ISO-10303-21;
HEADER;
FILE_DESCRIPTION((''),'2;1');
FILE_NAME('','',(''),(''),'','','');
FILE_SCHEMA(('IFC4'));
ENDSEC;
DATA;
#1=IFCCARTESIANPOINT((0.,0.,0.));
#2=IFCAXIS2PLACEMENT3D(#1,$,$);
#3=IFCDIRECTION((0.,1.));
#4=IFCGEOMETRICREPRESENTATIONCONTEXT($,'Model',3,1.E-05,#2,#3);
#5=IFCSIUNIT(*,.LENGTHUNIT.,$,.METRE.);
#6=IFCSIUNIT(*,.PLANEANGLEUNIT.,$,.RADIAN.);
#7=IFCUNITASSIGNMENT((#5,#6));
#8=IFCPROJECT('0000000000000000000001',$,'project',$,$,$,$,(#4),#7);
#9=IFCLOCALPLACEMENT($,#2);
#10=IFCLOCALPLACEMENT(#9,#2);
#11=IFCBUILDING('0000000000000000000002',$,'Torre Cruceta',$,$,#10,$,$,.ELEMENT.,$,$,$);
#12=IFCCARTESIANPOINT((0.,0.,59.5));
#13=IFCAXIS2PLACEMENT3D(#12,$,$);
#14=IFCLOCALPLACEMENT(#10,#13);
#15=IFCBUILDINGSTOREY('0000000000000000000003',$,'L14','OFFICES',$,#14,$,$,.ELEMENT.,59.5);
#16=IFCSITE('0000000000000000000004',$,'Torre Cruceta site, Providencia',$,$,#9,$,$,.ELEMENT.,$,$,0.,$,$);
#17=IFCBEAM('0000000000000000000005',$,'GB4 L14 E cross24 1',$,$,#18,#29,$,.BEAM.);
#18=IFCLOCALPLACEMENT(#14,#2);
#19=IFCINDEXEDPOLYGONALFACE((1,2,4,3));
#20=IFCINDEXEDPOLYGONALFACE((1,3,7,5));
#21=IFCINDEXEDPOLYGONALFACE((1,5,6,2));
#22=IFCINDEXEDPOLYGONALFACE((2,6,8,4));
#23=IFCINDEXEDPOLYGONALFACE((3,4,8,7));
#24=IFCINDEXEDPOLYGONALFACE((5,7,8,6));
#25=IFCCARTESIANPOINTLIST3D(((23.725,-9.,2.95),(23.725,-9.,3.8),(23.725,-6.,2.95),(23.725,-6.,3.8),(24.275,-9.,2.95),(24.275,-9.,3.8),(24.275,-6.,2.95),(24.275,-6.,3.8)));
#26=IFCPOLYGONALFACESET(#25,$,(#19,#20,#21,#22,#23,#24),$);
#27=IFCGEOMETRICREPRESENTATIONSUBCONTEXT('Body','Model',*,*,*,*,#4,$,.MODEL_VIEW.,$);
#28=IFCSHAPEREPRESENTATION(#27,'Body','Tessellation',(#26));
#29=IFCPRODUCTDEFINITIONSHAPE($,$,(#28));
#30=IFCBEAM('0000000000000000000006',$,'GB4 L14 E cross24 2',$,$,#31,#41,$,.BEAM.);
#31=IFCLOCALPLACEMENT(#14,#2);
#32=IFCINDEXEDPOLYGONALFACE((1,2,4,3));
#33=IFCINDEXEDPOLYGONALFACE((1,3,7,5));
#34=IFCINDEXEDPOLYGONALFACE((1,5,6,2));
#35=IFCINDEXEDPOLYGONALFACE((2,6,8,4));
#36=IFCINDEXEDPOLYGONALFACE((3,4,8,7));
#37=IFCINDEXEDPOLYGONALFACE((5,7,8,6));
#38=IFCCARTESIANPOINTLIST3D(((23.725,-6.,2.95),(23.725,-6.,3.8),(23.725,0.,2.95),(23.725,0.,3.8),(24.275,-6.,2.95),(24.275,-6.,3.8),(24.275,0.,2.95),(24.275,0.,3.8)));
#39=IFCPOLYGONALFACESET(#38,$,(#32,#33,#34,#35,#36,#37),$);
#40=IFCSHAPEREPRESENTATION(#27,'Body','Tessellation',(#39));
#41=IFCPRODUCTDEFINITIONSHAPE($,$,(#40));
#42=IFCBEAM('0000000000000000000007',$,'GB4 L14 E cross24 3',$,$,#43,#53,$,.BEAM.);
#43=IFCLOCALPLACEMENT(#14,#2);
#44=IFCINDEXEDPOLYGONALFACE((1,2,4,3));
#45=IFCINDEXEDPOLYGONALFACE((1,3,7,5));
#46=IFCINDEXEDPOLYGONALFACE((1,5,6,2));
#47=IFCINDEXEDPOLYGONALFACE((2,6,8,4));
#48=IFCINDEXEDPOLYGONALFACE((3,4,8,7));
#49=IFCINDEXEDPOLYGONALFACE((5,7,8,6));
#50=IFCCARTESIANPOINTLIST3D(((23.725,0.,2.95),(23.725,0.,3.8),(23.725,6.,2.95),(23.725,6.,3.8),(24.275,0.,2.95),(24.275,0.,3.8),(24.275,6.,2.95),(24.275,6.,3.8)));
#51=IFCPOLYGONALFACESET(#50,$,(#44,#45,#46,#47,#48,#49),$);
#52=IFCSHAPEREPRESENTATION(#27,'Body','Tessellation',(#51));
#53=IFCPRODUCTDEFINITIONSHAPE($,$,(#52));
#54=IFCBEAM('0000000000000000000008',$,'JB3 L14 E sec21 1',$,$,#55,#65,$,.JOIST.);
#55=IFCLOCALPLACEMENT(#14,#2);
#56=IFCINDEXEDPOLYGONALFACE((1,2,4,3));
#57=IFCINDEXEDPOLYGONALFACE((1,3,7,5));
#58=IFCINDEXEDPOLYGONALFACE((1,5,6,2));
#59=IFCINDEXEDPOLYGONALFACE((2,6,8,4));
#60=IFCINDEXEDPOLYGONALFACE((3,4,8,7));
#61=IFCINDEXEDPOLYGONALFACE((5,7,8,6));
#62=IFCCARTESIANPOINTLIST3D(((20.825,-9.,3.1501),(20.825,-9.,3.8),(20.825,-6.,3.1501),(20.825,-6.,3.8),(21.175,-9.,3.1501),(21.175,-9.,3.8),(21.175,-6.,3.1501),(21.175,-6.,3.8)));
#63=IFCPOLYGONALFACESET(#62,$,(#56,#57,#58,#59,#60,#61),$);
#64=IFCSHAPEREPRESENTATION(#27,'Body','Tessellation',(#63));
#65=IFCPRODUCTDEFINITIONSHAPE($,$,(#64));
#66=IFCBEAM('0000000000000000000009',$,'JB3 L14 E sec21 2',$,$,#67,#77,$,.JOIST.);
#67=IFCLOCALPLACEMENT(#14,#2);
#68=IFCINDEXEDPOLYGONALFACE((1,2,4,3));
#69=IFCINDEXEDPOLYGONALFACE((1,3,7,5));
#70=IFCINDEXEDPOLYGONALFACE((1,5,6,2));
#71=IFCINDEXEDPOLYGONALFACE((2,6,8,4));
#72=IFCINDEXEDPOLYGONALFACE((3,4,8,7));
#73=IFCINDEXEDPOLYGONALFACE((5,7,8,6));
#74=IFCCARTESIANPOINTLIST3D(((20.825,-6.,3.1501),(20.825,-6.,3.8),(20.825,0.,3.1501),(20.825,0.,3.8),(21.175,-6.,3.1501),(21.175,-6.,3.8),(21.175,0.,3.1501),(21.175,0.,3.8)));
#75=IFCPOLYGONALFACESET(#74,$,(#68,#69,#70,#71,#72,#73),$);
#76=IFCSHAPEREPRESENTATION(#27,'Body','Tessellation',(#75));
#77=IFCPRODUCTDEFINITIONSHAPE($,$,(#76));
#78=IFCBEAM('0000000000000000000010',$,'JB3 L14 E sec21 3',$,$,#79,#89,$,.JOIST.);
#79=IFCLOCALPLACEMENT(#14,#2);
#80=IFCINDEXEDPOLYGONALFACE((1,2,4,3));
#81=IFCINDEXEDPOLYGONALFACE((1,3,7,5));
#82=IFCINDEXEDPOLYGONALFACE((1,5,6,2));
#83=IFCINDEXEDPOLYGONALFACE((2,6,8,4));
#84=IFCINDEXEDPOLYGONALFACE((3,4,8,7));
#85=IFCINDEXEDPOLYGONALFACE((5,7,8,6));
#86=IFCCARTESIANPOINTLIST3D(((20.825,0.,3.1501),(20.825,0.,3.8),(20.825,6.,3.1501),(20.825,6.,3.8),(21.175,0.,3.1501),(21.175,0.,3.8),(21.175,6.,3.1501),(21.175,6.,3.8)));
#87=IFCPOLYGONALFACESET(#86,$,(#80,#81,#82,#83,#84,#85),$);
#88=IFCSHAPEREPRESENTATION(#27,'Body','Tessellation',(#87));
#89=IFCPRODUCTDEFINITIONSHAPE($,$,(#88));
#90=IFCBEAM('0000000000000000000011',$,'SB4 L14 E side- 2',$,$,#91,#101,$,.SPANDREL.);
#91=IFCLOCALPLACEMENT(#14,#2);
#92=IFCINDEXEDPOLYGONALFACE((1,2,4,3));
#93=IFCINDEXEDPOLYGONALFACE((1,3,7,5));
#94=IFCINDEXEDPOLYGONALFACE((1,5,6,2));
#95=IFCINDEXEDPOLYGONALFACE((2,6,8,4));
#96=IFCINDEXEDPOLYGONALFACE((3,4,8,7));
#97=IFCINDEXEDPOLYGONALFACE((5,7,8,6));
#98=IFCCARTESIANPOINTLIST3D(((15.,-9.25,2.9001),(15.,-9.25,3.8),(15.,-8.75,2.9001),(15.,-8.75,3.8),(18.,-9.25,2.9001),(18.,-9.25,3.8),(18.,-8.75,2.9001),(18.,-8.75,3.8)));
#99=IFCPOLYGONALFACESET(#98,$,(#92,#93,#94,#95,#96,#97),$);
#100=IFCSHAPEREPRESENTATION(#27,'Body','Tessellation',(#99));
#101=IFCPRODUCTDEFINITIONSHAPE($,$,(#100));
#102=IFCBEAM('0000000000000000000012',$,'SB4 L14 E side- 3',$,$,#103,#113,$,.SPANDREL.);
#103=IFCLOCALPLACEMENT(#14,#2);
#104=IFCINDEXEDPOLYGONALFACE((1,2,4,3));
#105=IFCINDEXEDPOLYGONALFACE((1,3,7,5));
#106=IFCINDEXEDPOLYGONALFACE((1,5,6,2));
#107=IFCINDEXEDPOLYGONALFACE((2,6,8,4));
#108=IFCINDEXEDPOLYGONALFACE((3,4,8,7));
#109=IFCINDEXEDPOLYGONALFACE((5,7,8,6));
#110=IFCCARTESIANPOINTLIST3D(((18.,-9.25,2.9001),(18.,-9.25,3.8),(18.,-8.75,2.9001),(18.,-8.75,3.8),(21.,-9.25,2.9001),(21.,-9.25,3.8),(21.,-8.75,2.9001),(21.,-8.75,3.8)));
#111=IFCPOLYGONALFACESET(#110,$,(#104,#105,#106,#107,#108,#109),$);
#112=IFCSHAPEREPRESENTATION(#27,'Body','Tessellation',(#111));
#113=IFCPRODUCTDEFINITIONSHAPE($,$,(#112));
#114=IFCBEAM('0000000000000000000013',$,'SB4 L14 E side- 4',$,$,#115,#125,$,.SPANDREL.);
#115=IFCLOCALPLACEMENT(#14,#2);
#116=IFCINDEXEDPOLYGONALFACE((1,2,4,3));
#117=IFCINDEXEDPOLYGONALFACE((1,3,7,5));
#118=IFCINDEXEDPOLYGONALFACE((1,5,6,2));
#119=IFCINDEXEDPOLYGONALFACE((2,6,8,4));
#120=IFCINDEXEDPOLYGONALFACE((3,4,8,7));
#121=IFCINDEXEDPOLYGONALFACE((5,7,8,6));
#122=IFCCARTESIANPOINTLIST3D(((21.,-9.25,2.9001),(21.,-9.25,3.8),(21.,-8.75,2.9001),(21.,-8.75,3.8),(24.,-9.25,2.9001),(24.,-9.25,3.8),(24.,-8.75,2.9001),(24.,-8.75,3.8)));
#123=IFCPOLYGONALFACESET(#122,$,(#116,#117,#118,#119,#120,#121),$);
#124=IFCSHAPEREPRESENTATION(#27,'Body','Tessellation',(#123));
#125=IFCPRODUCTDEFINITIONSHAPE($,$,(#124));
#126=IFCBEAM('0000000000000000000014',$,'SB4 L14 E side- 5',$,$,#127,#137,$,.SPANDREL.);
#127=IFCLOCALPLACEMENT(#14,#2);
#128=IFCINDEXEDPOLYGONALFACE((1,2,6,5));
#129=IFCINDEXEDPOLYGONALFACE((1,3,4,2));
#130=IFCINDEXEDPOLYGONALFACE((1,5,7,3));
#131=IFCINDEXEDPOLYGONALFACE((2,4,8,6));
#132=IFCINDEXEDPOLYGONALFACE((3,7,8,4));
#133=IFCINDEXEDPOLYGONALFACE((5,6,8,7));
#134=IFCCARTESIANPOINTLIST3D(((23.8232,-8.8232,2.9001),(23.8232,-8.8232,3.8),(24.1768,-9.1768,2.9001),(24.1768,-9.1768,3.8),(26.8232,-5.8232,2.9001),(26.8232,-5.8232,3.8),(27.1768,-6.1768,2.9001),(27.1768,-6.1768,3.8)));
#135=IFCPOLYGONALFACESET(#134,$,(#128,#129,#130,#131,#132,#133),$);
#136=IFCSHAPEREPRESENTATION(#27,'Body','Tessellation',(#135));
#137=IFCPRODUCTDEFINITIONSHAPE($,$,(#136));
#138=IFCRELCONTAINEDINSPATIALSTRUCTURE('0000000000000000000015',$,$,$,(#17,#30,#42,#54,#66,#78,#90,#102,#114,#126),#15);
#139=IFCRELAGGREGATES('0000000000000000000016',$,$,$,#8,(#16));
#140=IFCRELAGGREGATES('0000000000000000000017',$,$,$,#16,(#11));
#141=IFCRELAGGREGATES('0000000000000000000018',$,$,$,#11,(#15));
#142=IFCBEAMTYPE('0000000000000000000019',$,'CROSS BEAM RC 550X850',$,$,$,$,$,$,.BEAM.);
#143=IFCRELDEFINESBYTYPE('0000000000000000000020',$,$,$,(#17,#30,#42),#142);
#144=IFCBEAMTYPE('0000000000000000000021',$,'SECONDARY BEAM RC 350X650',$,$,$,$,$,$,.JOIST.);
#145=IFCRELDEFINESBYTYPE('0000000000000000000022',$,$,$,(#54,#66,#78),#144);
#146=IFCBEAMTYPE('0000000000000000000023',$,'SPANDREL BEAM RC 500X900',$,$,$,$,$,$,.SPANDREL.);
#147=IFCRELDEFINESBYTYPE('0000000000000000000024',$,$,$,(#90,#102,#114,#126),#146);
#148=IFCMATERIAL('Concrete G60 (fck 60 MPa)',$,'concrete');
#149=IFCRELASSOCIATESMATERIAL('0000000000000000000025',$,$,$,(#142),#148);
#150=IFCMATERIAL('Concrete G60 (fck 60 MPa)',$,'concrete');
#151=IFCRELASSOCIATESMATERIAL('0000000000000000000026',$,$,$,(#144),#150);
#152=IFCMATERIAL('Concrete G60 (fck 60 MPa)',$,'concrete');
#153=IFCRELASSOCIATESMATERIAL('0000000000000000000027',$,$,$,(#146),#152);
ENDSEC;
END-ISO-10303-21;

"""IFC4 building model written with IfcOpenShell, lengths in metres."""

from ifc_helpers import new_model, si_unit, direction, frame, origin, origin_2d, place, context, subcontext, project, spatial, rectangle, extrude, material, material_profile, profile_set, type_object, element, save


model = new_model("IFC4")

# Units and contexts
model_context = context("Model", 3, precision=1e-05, world=origin(), true_north=direction((0.0, 1.0)))
body_context = subcontext(model_context, "Body", "Model", "MODEL_VIEW")
ifc_project = project(units=[si_unit("LENGTHUNIT", "METRE"), si_unit("PLANEANGLEUNIT", "RADIAN")], contexts=[model_context])

# Site, building, storey
site_placement = place(None, origin())
site = spatial("IfcSite", under=ifc_project, at=site_placement, Name="Torre Cruceta site, Providencia", CompositionType="ELEMENT", RefElevation=0.0)
building_placement = place(site_placement, origin())
building = spatial("IfcBuilding", under=site, at=building_placement, Name="Torre Cruceta", CompositionType="ELEMENT")
storey_placement = place(building_placement, frame((0.0, 0.0, 59.5)))
storey = spatial("IfcBuildingStorey", under=building, at=storey_placement, Name="L14", Description="OFFICES", CompositionType="ELEMENT", Elevation=59.5)

# Beams
ifc_material_1 = material(Name="Concrete G60 (fck 60 MPa)", Category="concrete")
ifc_material_profile_1 = material_profile(ifc_material_1, rectangle(XDim=0.55, YDim=0.8501, at=origin_2d()), Name="RC 550X850")
ifc_profile_set_1 = profile_set([ifc_material_profile_1], Name="Concrete G60 (fck 60 MPa)")
beam_type_1 = type_object("IfcBeamType", Name="CROSS BEAM RC 550X850", PredefinedType="BEAM", material=ifc_profile_set_1)
beam_1_placement = place(storey_placement, frame((24.0, -9.0, 3.375), z_axis=(0.0, 1.0, 0.0), x_axis=(-1.0, 0.0, 0.0)))
element("IfcBeam", 1, at=beam_1_placement, inside=storey, type_object=beam_type_1, Name="GB4 L14 E cross24 1", PredefinedType="BEAM", context=body_context, shape_type="SweptSolid", body=[
    extrude(rectangle(XDim=0.55, YDim=0.8501, at=origin_2d()), origin(), (0.0, 0.0, 1.0), 3.0),
])
for number, where, z_axis, x_axis, name in (
    (2, (24.0, -6.0, 3.375), (0.0, 1.0, 0.0), (-1.0, 0.0, 0.0), "GB4 L14 E cross24 2"),
    (3, (24.0, 0.0, 3.375), (0.0, 1.0, 0.0), (-1.0, 0.0, 0.0), "GB4 L14 E cross24 3"),
):
    element("IfcBeam", number, at=place(storey_placement, frame(where, z_axis=z_axis, x_axis=x_axis)), inside=storey, type_object=beam_type_1, Name=name, PredefinedType="BEAM", context=body_context, shape_type="SweptSolid", body=[
        extrude(rectangle(XDim=0.55, YDim=0.8501, at=origin_2d()), origin(), (0.0, 0.0, 1.0), 6.0),
    ])
ifc_material_2 = material(Name="Concrete G60 (fck 60 MPa)", Category="concrete")
ifc_material_profile_2 = material_profile(ifc_material_2, rectangle(XDim=0.3501, YDim=0.6499, at=origin_2d()), Name="RC 350X650")
ifc_profile_set_2 = profile_set([ifc_material_profile_2], Name="Concrete G60 (fck 60 MPa)")
beam_type_2 = type_object("IfcBeamType", Name="SECONDARY BEAM RC 350X650", PredefinedType="JOIST", material=ifc_profile_set_2)
beam_2_placement = place(storey_placement, frame((21.0, -9.0, 3.4751), z_axis=(0.0, 1.0, 0.0), x_axis=(-1.0, 0.0, 0.0)))
element("IfcBeam", 4, at=beam_2_placement, inside=storey, type_object=beam_type_2, Name="JB3 L14 E sec21 1", PredefinedType="JOIST", context=body_context, shape_type="SweptSolid", body=[
    extrude(rectangle(XDim=0.3501, YDim=0.6499, at=origin_2d()), origin(), (0.0, 0.0, 1.0), 3.0),
])
for number, where, z_axis, x_axis, name in (
    (5, (21.0, -6.0, 3.4751), (0.0, 1.0, 0.0), (-1.0, 0.0, 0.0), "JB3 L14 E sec21 2"),
    (6, (21.0, 0.0, 3.4751), (0.0, 1.0, 0.0), (-1.0, 0.0, 0.0), "JB3 L14 E sec21 3"),
):
    element("IfcBeam", number, at=place(storey_placement, frame(where, z_axis=z_axis, x_axis=x_axis)), inside=storey, type_object=beam_type_2, Name=name, PredefinedType="JOIST", context=body_context, shape_type="SweptSolid", body=[
        extrude(rectangle(XDim=0.3501, YDim=0.6499, at=origin_2d()), origin(), (0.0, 0.0, 1.0), 6.0),
    ])
ifc_material_3 = material(Name="Concrete G60 (fck 60 MPa)", Category="concrete")
ifc_material_profile_3 = material_profile(ifc_material_3, rectangle(XDim=0.5, YDim=0.8999, at=origin_2d()), Name="RC 500X900")
ifc_profile_set_3 = profile_set([ifc_material_profile_3], Name="Concrete G60 (fck 60 MPa)")
beam_type_3 = type_object("IfcBeamType", Name="SPANDREL BEAM RC 500X900", PredefinedType="SPANDREL", material=ifc_profile_set_3)
for number, where, z_axis, x_axis, name in (
    (7, (15.0, -9.0, 3.3501), (1.0, 0.0, 0.0), (0.0, 1.0, 0.0), "SB4 L14 E side- 2"),
    (8, (18.0, -9.0, 3.3501), (1.0, 0.0, 0.0), (0.0, 1.0, 0.0), "SB4 L14 E side- 3"),
    (9, (21.0, -9.0, 3.3501), (1.0, 0.0, 0.0), (0.0, 1.0, 0.0), "SB4 L14 E side- 4"),
):
    element("IfcBeam", number, at=place(storey_placement, frame(where, z_axis=z_axis, x_axis=x_axis)), inside=storey, type_object=beam_type_3, Name=name, PredefinedType="SPANDREL", context=body_context, shape_type="SweptSolid", body=[
        extrude(rectangle(XDim=0.5, YDim=0.8999, at=origin_2d()), origin(), (0.0, 0.0, 1.0), 3.0),
    ])
beam_3_placement = place(storey_placement, frame((24.0, -9.0, 3.3501), z_axis=(0.707107, 0.707107, 0.0), x_axis=(-0.707107, 0.707107, 0.0)))
element("IfcBeam", 10, at=beam_3_placement, inside=storey, type_object=beam_type_3, Name="SB4 L14 E side- 5", PredefinedType="SPANDREL", context=body_context, shape_type="SweptSolid", body=[
    extrude(rectangle(XDim=0.5, YDim=0.8999, at=origin_2d()), origin(), (0.0, 0.0, 1.0), 4.2427),
])

save(model, "model.ifc")
